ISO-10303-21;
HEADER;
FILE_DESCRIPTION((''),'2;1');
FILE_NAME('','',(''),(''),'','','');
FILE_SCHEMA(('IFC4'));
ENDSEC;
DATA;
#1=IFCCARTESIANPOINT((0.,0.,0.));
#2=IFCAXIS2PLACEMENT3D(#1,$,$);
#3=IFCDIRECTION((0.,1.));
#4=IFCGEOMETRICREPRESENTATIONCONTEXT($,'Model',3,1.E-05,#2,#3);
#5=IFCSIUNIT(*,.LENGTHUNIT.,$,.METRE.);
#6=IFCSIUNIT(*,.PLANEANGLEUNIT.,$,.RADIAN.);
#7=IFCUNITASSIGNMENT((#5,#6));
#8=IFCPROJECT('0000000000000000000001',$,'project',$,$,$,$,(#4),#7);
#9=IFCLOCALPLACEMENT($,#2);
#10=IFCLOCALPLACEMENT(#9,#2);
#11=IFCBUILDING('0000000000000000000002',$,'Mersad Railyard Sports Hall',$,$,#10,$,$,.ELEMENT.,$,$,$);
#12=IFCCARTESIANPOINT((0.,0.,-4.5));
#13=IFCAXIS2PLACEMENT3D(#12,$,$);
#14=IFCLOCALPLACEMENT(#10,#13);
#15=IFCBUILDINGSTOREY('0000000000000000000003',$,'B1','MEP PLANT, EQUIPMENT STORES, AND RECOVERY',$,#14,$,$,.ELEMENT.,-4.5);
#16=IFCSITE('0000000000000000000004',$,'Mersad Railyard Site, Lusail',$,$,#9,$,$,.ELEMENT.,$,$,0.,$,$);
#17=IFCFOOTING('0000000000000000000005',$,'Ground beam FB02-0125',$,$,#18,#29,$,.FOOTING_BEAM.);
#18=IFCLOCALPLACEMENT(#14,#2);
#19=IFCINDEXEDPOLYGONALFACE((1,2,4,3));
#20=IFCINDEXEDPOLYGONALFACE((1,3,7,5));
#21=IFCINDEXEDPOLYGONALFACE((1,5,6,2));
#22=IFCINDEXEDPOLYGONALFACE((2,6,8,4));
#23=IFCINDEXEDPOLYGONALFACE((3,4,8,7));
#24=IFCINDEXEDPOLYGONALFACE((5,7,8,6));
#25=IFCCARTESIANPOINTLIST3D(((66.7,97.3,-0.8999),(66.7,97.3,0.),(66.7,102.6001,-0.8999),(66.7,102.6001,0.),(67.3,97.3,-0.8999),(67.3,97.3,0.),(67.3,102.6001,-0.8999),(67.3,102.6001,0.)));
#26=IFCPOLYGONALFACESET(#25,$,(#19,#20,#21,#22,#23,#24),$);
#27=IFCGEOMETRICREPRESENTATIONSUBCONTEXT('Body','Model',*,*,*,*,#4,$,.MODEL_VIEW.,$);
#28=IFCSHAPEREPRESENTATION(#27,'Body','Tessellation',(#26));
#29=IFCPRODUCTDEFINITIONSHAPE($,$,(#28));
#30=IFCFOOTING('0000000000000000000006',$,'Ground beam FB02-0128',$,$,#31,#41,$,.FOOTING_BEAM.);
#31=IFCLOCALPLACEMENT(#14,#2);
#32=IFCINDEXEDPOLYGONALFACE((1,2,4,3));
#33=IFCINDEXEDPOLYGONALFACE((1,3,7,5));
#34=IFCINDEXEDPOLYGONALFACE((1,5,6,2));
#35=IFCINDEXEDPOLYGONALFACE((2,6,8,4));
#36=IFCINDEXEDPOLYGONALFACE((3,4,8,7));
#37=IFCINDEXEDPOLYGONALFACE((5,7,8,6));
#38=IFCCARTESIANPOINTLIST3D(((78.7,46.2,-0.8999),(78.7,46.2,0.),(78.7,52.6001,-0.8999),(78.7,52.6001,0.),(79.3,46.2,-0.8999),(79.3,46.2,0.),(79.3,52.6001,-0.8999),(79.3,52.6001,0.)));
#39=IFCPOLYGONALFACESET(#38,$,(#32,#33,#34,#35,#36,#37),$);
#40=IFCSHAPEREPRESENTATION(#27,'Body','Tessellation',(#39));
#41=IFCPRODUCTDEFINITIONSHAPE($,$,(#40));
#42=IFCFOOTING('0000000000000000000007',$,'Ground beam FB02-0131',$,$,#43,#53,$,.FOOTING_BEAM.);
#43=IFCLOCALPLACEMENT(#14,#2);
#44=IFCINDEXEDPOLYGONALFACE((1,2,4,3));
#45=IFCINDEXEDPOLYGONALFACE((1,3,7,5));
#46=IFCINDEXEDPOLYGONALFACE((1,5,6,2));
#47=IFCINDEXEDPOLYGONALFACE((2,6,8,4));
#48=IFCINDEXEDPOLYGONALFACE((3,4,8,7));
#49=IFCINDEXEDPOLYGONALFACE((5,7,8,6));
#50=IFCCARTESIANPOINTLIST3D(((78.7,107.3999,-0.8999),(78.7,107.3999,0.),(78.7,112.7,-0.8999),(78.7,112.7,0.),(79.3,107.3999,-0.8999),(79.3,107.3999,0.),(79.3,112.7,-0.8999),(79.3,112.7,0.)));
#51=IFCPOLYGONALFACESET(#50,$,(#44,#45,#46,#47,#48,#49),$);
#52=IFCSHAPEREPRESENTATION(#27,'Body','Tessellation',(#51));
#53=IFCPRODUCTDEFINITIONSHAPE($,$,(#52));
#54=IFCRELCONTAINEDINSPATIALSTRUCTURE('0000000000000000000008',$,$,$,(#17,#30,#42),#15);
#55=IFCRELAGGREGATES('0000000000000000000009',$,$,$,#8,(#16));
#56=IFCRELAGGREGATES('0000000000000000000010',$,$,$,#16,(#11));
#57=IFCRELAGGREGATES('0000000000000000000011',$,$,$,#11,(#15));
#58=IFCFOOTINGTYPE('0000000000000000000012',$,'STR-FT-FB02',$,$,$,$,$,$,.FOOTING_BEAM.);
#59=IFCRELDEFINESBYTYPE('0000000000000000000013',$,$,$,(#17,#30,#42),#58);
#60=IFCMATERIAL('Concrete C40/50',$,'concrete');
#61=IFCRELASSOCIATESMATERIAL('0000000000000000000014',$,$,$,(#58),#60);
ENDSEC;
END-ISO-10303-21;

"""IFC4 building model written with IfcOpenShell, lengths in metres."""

from ifc_helpers import new_model, si_unit, direction, frame, origin, place, context, subcontext, project, spatial, polyline, outline, extrude, material, type_object, element, save


model = new_model("IFC4")

# Units and contexts
model_context = context("Model", 3, precision=1e-05, world=origin(), true_north=direction((0.0, 1.0)))
body_context = subcontext(model_context, "Body", "Model", "MODEL_VIEW")
ifc_project = project(units=[si_unit("LENGTHUNIT", "METRE"), si_unit("PLANEANGLEUNIT", "RADIAN")], contexts=[model_context])

# Site, building, storey
site_placement = place(None, origin())
site = spatial("IfcSite", under=ifc_project, at=site_placement, Name="Mersad Railyard Site, Lusail", CompositionType="ELEMENT", RefElevation=0.0)
building_placement = place(site_placement, origin())
building = spatial("IfcBuilding", under=site, at=building_placement, Name="Mersad Railyard Sports Hall", CompositionType="ELEMENT")
storey_placement = place(building_placement, frame((0.0, 0.0, -4.5)))
storey = spatial("IfcBuildingStorey", under=building, at=storey_placement, Name="B1", Description="MEP PLANT, EQUIPMENT STORES, AND RECOVERY", CompositionType="ELEMENT", Elevation=-4.5)

# Footings
ifc_material = material(Name="Concrete C40/50", Category="concrete")
footing_type_1 = type_object("IfcFootingType", Name="STR-FT-FB02", PredefinedType="FOOTING_BEAM", material=ifc_material)
footing_1_placement = place(storey_placement, frame((0.0, 0.0, -0.8999)))
element("IfcFooting", 1, at=footing_1_placement, inside=storey, type_object=footing_type_1, Name="Ground beam FB02-0125", PredefinedType="FOOTING_BEAM", context=body_context, shape_type="SweptSolid", body=[
    extrude(outline(polyline([(66.7, 97.3), (67.3, 97.3), (67.3, 102.6001), (66.7, 102.6001), (66.7, 97.3)])), origin(), (0.0, 0.0, 1.0), 0.8999),
])
footing_2_placement = place(storey_placement, frame((0.0, 0.0, -0.8999)))
element("IfcFooting", 2, at=footing_2_placement, inside=storey, type_object=footing_type_1, Name="Ground beam FB02-0128", PredefinedType="FOOTING_BEAM", context=body_context, shape_type="SweptSolid", body=[
    extrude(outline(polyline([(78.7, 46.2), (79.3, 46.2), (79.3, 52.6001), (78.7, 52.6001), (78.7, 46.2)])), origin(), (0.0, 0.0, 1.0), 0.8999),
])
footing_3_placement = place(storey_placement, frame((0.0, 0.0, -0.8999)))
element("IfcFooting", 3, at=footing_3_placement, inside=storey, type_object=footing_type_1, Name="Ground beam FB02-0131", PredefinedType="FOOTING_BEAM", context=body_context, shape_type="SweptSolid", body=[
    extrude(outline(polyline([(78.7, 107.3999), (79.3, 107.3999), (79.3, 112.7), (78.7, 112.7), (78.7, 107.3999)])), origin(), (0.0, 0.0, 1.0), 0.8999),
])

save(model, "model.ifc")
